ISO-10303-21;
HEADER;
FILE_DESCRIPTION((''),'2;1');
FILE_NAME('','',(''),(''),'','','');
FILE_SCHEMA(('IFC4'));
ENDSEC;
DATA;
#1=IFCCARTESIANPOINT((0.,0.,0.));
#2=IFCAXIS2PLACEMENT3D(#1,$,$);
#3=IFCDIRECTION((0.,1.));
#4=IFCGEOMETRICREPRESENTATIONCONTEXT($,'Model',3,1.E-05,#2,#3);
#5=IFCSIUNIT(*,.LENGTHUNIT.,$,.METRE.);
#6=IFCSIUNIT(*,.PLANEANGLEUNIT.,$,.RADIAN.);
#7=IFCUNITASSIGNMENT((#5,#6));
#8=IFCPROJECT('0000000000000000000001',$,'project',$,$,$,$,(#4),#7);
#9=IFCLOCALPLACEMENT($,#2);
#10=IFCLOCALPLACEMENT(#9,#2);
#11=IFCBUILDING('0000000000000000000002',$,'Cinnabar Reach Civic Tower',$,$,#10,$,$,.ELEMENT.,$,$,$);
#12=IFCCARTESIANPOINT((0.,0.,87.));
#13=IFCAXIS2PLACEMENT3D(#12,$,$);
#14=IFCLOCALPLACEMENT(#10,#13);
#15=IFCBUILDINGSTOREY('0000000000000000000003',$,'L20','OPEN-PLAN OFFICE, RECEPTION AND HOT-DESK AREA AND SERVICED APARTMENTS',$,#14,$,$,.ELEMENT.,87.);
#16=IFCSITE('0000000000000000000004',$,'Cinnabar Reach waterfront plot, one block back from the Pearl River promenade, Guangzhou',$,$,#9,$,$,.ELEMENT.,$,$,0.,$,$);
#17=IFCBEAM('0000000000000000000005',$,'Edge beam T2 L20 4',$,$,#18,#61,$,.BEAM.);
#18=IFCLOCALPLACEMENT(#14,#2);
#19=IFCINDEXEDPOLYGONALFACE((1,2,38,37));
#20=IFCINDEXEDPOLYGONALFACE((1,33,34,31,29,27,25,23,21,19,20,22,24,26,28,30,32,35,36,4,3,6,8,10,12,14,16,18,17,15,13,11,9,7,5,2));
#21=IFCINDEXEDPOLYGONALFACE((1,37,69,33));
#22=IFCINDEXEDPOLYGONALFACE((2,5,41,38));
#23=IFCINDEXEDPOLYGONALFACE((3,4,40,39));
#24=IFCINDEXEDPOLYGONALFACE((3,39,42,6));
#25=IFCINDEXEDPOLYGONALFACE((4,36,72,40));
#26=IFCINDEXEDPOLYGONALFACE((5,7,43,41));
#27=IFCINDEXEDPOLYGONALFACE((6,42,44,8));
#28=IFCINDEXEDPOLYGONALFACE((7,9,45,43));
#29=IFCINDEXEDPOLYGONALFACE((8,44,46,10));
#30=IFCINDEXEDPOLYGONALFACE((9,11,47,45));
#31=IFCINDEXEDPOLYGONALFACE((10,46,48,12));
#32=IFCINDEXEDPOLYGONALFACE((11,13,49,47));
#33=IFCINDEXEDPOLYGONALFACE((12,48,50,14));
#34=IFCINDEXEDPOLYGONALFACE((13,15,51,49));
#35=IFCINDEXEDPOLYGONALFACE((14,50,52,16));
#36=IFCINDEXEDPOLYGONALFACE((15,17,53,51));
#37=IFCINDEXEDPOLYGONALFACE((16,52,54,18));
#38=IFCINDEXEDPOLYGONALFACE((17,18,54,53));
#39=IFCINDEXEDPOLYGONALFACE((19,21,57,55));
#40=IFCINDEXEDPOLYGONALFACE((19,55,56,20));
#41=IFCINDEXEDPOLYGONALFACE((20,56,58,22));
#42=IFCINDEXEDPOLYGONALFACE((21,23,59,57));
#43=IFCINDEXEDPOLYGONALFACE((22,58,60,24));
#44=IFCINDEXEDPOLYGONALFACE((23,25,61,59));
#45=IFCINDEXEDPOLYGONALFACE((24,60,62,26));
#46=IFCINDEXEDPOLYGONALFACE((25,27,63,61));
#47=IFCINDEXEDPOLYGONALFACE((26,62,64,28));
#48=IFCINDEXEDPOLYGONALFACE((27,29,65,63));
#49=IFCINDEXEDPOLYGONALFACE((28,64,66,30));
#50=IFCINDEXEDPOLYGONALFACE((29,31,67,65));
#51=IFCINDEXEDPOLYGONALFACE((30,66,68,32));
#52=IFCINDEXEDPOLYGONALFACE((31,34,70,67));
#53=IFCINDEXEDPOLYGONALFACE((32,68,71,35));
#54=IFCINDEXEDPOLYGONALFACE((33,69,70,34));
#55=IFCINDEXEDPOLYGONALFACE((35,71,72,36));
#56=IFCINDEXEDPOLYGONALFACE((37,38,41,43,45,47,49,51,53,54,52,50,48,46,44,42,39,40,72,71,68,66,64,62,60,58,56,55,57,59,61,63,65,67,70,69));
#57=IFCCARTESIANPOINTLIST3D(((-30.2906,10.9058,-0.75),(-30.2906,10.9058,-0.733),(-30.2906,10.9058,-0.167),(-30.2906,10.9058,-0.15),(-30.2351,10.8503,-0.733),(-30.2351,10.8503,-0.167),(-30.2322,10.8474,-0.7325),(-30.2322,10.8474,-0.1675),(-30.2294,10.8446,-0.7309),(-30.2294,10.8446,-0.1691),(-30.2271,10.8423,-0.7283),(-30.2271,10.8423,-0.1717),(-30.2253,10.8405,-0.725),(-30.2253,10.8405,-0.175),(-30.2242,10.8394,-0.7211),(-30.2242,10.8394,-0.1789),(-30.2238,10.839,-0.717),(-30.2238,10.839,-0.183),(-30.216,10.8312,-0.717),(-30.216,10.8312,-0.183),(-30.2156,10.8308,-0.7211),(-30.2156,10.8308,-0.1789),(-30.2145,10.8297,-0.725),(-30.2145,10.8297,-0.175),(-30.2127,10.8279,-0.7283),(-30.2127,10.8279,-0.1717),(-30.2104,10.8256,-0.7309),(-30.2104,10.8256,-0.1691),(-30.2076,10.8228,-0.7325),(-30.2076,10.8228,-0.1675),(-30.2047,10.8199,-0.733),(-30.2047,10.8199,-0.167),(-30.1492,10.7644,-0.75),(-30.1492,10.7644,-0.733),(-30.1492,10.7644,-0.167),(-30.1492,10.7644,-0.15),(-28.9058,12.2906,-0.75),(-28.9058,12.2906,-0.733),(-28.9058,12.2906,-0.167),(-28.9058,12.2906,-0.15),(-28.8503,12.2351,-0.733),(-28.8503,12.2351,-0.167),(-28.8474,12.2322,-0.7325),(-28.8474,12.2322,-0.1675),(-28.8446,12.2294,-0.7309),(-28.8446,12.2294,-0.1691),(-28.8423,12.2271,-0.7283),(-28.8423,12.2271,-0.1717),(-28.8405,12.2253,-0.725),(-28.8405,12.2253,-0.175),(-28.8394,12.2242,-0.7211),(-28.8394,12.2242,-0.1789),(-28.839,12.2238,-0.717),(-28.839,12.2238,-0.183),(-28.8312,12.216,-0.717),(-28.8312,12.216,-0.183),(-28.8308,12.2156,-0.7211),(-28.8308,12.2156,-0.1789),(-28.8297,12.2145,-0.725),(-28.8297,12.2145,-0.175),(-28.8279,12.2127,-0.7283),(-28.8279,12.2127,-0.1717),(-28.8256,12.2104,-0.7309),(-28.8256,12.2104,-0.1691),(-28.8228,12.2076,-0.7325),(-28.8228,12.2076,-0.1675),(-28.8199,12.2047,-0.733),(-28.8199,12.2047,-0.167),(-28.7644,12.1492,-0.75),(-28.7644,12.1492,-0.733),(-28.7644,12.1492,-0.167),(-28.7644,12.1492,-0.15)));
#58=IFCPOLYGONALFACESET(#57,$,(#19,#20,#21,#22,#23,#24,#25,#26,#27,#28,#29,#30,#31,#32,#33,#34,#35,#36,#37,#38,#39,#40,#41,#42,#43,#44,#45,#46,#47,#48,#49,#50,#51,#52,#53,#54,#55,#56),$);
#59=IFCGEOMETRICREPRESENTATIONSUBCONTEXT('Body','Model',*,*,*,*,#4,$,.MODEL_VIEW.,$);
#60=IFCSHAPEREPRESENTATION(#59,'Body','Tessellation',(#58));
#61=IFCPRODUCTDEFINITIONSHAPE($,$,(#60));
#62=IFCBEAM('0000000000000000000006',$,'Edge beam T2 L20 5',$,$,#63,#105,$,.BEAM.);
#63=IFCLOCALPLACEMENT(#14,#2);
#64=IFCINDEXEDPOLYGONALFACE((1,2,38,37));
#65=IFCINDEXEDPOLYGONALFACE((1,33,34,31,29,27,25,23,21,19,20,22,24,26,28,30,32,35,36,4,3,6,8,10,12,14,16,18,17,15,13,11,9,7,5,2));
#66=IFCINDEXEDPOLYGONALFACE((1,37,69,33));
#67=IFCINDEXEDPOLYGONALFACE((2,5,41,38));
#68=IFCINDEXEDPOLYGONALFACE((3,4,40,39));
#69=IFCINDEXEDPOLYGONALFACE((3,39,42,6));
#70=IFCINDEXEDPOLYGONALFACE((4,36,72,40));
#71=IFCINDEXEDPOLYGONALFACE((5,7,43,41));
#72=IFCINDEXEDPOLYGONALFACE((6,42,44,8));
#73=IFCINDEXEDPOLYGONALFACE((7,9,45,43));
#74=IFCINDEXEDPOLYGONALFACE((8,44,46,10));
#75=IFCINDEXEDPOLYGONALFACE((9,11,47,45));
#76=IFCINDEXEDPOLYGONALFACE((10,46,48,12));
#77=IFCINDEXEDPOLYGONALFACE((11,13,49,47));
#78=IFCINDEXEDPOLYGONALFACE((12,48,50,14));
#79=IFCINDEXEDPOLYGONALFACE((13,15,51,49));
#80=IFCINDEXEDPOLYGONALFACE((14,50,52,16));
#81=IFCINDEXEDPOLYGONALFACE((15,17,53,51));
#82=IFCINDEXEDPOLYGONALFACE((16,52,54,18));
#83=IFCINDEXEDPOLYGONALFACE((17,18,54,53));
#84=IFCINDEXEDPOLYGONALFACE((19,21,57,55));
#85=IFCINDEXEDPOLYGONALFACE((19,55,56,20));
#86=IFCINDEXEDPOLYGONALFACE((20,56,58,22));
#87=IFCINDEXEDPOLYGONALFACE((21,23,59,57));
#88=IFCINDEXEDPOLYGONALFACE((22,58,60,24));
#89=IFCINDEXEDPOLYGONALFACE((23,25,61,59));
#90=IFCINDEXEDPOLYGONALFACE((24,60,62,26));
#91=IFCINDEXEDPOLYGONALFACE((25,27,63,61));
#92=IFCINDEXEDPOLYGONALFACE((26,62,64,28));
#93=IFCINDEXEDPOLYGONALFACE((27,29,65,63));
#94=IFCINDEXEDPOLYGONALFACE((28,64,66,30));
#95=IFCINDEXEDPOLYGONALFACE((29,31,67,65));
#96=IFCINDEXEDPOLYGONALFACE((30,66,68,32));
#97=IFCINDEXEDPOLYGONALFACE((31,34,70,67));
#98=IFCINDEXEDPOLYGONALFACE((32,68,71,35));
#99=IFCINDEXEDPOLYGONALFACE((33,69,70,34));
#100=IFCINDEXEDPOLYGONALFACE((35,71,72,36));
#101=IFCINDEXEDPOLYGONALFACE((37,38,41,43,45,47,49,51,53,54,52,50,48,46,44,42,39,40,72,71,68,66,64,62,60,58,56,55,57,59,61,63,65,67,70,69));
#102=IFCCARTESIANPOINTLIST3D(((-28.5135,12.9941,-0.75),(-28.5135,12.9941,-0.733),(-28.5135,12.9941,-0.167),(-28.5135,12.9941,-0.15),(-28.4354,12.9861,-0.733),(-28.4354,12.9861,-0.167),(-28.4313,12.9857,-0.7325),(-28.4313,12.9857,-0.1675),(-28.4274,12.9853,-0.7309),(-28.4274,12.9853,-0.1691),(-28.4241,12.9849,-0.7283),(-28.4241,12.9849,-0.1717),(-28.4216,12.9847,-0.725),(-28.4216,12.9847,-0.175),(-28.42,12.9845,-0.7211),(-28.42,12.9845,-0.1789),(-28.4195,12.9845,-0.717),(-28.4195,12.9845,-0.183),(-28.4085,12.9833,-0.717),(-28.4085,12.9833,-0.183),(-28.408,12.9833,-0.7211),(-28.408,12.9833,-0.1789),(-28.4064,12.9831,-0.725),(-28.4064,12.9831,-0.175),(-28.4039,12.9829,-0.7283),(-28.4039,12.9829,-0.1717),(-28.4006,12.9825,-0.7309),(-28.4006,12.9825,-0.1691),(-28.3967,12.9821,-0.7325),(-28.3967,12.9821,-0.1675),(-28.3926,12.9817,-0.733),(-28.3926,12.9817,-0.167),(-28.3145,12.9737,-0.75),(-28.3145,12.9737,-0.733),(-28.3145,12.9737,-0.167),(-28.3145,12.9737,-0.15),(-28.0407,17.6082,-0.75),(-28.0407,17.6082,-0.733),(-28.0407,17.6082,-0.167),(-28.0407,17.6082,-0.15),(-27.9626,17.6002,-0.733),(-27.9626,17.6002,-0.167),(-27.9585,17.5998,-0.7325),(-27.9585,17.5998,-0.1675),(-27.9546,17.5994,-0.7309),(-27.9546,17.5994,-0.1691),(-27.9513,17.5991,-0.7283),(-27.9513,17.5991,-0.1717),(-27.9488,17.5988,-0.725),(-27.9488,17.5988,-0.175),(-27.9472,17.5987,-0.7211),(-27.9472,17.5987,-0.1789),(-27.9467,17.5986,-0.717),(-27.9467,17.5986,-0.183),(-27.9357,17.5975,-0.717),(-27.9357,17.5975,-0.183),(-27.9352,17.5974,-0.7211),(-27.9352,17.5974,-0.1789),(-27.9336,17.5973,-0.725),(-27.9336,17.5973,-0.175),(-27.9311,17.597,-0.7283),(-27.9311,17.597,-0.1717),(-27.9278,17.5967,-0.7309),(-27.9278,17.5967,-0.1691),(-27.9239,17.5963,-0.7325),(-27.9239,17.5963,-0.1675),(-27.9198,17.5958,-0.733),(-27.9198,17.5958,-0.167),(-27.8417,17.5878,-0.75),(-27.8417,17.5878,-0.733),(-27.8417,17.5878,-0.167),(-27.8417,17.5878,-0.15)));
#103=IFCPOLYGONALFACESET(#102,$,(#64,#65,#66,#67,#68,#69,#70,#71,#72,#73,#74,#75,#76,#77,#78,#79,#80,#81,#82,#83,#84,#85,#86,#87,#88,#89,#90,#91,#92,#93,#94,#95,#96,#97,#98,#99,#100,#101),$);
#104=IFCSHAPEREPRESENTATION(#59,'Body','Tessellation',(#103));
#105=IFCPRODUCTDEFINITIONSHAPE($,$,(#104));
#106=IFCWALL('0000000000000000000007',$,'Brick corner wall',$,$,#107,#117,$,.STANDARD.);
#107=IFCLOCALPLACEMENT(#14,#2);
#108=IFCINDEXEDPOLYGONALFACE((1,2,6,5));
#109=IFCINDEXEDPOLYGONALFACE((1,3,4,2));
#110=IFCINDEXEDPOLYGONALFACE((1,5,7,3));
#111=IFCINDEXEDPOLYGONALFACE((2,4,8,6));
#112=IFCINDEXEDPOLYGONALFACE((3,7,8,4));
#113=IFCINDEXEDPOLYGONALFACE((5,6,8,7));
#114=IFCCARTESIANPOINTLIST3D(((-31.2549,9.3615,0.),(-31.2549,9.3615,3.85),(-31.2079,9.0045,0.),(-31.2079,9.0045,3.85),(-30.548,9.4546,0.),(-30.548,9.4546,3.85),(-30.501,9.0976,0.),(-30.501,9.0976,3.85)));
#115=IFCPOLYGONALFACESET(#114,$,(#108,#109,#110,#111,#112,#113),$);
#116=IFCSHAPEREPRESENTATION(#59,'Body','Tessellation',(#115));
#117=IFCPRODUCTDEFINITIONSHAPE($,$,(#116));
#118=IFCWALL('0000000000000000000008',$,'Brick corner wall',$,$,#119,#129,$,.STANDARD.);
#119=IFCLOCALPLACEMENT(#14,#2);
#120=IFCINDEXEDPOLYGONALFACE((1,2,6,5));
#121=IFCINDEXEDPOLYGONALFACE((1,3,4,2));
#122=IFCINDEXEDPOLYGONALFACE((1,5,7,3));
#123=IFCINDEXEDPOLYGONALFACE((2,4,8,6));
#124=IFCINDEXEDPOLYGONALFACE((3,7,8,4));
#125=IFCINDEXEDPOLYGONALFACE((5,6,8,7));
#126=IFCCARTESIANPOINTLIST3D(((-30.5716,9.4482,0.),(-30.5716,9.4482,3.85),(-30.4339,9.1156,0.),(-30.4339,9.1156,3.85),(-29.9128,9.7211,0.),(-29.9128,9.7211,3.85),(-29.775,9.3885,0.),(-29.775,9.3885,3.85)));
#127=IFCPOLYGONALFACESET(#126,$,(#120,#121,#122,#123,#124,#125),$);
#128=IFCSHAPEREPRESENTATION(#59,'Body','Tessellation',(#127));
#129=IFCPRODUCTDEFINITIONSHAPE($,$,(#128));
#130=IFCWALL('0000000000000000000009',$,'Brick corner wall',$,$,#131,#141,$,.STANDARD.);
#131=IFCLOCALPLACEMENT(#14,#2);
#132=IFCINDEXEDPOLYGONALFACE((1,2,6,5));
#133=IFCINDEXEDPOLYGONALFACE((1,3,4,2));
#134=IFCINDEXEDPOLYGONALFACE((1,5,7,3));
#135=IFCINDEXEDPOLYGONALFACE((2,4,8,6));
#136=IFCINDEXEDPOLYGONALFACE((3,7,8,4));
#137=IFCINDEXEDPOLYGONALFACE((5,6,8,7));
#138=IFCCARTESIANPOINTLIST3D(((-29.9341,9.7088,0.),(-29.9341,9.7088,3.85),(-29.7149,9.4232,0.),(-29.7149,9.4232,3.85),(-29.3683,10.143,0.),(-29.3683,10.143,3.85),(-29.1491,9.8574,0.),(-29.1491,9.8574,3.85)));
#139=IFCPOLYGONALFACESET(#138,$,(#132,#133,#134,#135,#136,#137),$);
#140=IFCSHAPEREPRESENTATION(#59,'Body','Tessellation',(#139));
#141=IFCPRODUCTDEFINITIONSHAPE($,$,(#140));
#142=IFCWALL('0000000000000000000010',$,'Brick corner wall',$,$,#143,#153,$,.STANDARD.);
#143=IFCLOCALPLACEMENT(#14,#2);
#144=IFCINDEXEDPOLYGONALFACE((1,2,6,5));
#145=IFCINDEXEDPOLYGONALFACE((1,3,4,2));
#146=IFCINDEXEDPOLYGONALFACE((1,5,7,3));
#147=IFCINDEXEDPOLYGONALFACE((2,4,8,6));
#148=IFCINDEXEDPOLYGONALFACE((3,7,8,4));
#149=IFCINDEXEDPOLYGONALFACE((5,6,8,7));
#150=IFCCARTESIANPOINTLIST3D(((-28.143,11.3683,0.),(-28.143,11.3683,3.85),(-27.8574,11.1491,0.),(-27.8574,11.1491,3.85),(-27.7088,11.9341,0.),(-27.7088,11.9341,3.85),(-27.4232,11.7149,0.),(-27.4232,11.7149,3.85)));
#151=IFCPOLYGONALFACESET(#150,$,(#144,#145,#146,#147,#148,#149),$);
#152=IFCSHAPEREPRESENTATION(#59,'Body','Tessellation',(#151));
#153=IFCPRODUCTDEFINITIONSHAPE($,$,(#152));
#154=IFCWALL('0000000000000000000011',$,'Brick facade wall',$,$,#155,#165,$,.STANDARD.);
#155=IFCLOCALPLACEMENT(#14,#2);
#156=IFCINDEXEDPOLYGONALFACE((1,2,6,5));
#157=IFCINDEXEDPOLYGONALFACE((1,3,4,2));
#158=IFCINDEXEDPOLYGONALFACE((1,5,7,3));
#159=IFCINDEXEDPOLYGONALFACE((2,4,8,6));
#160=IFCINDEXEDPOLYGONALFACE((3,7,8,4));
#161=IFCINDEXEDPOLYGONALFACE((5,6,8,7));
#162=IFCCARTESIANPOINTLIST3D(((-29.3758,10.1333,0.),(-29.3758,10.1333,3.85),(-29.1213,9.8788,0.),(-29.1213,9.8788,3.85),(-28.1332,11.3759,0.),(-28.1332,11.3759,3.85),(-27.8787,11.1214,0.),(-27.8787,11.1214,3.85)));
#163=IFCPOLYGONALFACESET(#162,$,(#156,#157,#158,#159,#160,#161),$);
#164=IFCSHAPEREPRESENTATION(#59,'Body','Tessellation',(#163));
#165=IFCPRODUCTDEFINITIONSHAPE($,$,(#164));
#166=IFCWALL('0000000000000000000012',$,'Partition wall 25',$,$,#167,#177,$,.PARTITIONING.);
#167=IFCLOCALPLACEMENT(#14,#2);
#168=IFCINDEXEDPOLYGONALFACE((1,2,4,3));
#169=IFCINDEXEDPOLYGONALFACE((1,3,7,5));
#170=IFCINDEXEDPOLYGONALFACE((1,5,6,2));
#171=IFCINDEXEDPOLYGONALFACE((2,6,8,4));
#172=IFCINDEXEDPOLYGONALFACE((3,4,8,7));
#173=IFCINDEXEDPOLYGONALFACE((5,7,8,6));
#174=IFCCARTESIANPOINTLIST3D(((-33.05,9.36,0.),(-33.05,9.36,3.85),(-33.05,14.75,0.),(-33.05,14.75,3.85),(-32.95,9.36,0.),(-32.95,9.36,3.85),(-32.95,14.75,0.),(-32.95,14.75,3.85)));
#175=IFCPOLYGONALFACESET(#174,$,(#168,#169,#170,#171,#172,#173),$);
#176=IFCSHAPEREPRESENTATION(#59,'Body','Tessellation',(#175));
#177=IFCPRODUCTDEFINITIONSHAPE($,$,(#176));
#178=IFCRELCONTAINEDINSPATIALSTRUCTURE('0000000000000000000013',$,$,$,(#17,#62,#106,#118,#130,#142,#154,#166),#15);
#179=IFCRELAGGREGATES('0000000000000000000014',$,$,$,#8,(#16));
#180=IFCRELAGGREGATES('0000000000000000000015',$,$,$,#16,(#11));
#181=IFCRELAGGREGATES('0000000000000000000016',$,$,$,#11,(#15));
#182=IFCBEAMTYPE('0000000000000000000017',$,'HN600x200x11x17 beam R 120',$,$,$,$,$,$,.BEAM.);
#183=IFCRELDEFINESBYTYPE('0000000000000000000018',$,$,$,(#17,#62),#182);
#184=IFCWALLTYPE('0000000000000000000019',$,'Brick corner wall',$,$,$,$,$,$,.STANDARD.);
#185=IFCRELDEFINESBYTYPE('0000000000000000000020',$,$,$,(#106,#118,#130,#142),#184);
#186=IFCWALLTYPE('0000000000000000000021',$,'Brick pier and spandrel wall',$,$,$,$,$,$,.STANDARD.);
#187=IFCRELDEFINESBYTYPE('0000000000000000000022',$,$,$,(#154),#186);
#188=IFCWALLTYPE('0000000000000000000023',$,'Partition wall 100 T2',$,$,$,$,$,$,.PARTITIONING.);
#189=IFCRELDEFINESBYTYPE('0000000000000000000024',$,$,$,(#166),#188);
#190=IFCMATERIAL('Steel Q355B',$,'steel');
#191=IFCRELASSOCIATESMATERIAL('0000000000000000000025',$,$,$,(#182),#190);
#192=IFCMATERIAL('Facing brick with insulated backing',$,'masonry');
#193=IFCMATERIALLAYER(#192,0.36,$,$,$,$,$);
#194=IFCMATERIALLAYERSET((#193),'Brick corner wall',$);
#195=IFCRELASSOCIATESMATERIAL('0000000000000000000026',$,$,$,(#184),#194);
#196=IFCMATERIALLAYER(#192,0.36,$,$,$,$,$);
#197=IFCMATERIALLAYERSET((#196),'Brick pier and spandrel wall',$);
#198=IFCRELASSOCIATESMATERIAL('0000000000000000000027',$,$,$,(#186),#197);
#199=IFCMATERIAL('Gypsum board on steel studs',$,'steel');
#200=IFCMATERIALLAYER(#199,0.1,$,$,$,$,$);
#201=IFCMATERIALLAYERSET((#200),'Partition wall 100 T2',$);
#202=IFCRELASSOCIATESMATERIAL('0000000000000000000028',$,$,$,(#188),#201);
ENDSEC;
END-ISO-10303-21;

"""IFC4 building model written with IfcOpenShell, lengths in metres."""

from ifc_helpers import new_model, si_unit, direction, frame, frame_2d, origin, origin_2d, place, context, subcontext, project, spatial, rectangle, i_section, extrude, material, layer, layer_set, material_profile, profile_set, type_object, element, save


model = new_model("IFC4")

# Units and contexts
model_context = context("Model", 3, precision=1e-05, world=origin(), true_north=direction((0.0, 1.0)))
body_context = subcontext(model_context, "Body", "Model", "MODEL_VIEW")
ifc_project = project(units=[si_unit("LENGTHUNIT", "METRE"), si_unit("PLANEANGLEUNIT", "RADIAN")], contexts=[model_context])

# Site, building, storey
site_placement = place(None, origin())
site = spatial("IfcSite", under=ifc_project, at=site_placement, Name="Cinnabar Reach waterfront plot, one block back from the Pearl River promenade, Guangzhou", CompositionType="ELEMENT", RefElevation=0.0)
building_placement = place(site_placement, origin())
building = spatial("IfcBuilding", under=site, at=building_placement, Name="Cinnabar Reach Civic Tower", CompositionType="ELEMENT")
storey_placement = place(building_placement, frame((0.0, 0.0, 87.0)))
storey = spatial("IfcBuildingStorey", under=building, at=storey_placement, Name="L20", Description="OPEN-PLAN OFFICE, RECEPTION AND HOT-DESK AREA AND SERVICED APARTMENTS", CompositionType="ELEMENT", Elevation=87.0)

# Beams
ifc_material_1 = material(Name="Steel Q355B", Category="steel")
ifc_material_profile_1 = material_profile(ifc_material_1, i_section(OverallWidth=0.2, OverallDepth=0.6, WebThickness=0.011, FlangeThickness=0.017, FilletRadius=0.016, at=origin_2d()), Name="HN600x200x11x17")
ifc_profile_set_1 = profile_set([ifc_material_profile_1], Name="Steel Q355B")
beam_type_1 = type_object("IfcBeamType", Name="HN600x200x11x17 beam R 120", PredefinedType="BEAM", material=ifc_profile_set_1)
beam_1_placement = place(storey_placement, frame((-30.2199, 10.8351, -0.45), z_axis=(0.707107, 0.707107, 0.0), x_axis=(-0.707107, 0.707107, 0.0)))
element("IfcBeam", 1, at=beam_1_placement, inside=storey, type_object=beam_type_1, Name="Edge beam T2 L20 4", PredefinedType="BEAM", context=body_context, shape_type="SweptSolid", body=[
    extrude(i_section(OverallWidth=0.2, OverallDepth=0.6, WebThickness=0.011, FlangeThickness=0.017, FilletRadius=0.016, at=origin_2d()), origin(), (0.0, 0.0, 1.0), 1.9584),
])
beam_2_placement = place(storey_placement, frame((-28.414, 12.9839, -0.45), z_axis=(0.101935, 0.994791, 0.0), x_axis=(-0.994791, 0.101935, 0.0)))
element("IfcBeam", 2, at=beam_2_placement, inside=storey, type_object=beam_type_1, Name="Edge beam T2 L20 5", PredefinedType="BEAM", context=body_context, shape_type="SweptSolid", body=[
    extrude(i_section(OverallWidth=0.2, OverallDepth=0.6, WebThickness=0.011, FlangeThickness=0.017, FilletRadius=0.016, at=origin_2d()), origin(), (0.0, 0.0, 1.0), 4.6383),
])

# Walls
ifc_material_2 = material(Name="Facing brick with insulated backing", Category="masonry")
ifc_layer_1 = layer(ifc_material_2, 0.36)
ifc_layer_set_1 = layer_set([ifc_layer_1], Name="Brick corner wall")
wall_type_1 = type_object("IfcWallType", Name="Brick corner wall", PredefinedType="STANDARD", material=ifc_layer_set_1)
for number, where, z_axis, x_axis, name in (
    (3, (-31.2314, 9.183, 0.0), (0.0, 0.0, 1.0), (0.991441, 0.130556, 0.0), "Brick corner wall"),
    (4, (-30.5027, 9.2819, 0.0), (0.0, 0.0, 1.0), (0.923872, 0.382703, 0.0), "Brick corner wall"),
):
    element("IfcWall", number, at=place(storey_placement, frame(where, z_axis=z_axis, x_axis=x_axis)), inside=storey, type_object=wall_type_1, Name=name, PredefinedType="STANDARD", context=body_context, shape_type="SweptSolid", body=[
        extrude(rectangle(XDim=0.7131, YDim=0.36, at=frame_2d((0.3565, 0.0))), origin(), (0.0, 0.0, 1.0), 3.85),
    ])
for number, where, z_axis, x_axis, name in (
    (5, (-29.8245, 9.566, 0.0), (0.0, 0.0, 1.0), (0.793322, 0.608802, 0.0), "Brick corner wall"),
    (6, (-28.0002, 11.2587, 0.0), (0.0, 0.0, 1.0), (0.608802, 0.793322, 0.0), "Brick corner wall"),
):
    element("IfcWall", number, at=place(storey_placement, frame(where, z_axis=z_axis, x_axis=x_axis)), inside=storey, type_object=wall_type_1, Name=name, PredefinedType="STANDARD", context=body_context, shape_type="SweptSolid", body=[
        extrude(rectangle(XDim=0.7132, YDim=0.36, at=frame_2d((0.3566, 0.0))), origin(), (0.0, 0.0, 1.0), 3.85),
    ])
ifc_layer_2 = layer(ifc_material_2, 0.36)
ifc_layer_set_2 = layer_set([ifc_layer_2], Name="Brick pier and spandrel wall")
wall_type_2 = type_object("IfcWallType", Name="Brick pier and spandrel wall", PredefinedType="STANDARD", material=ifc_layer_set_2)
wall_1_placement = place(storey_placement, frame((-29.2486, 10.006, 0.0), z_axis=(0.0, 0.0, 1.0), x_axis=(0.707107, 0.707107, 0.0)))
element("IfcWall", 7, at=wall_1_placement, inside=storey, type_object=wall_type_2, Name="Brick facade wall", PredefinedType="STANDARD", context=body_context, shape_type="SweptSolid", body=[
    extrude(rectangle(XDim=1.7573, YDim=0.36, at=frame_2d((0.8787, 0.0))), origin(), (0.0, 0.0, 1.0), 3.85),
])
ifc_material_3 = material(Name="Gypsum board on steel studs", Category="steel")
ifc_layer_3 = layer(ifc_material_3, 0.1)
ifc_layer_set_3 = layer_set([ifc_layer_3], Name="Partition wall 100 T2")
wall_type_3 = type_object("IfcWallType", Name="Partition wall 100 T2", PredefinedType="PARTITIONING", material=ifc_layer_set_3)
wall_2_placement = place(storey_placement, frame((-33.0, 9.36, 0.0), z_axis=(0.0, 0.0, 1.0), x_axis=(0.0, 1.0, 0.0)))
element("IfcWall", 8, at=wall_2_placement, inside=storey, type_object=wall_type_3, Name="Partition wall 25", PredefinedType="PARTITIONING", context=body_context, shape_type="SweptSolid", body=[
    extrude(rectangle(XDim=5.39, YDim=0.1, at=frame_2d((2.695, 0.0))), origin(), (0.0, 0.0, 1.0), 3.85),
])

save(model, "model.ifc")
